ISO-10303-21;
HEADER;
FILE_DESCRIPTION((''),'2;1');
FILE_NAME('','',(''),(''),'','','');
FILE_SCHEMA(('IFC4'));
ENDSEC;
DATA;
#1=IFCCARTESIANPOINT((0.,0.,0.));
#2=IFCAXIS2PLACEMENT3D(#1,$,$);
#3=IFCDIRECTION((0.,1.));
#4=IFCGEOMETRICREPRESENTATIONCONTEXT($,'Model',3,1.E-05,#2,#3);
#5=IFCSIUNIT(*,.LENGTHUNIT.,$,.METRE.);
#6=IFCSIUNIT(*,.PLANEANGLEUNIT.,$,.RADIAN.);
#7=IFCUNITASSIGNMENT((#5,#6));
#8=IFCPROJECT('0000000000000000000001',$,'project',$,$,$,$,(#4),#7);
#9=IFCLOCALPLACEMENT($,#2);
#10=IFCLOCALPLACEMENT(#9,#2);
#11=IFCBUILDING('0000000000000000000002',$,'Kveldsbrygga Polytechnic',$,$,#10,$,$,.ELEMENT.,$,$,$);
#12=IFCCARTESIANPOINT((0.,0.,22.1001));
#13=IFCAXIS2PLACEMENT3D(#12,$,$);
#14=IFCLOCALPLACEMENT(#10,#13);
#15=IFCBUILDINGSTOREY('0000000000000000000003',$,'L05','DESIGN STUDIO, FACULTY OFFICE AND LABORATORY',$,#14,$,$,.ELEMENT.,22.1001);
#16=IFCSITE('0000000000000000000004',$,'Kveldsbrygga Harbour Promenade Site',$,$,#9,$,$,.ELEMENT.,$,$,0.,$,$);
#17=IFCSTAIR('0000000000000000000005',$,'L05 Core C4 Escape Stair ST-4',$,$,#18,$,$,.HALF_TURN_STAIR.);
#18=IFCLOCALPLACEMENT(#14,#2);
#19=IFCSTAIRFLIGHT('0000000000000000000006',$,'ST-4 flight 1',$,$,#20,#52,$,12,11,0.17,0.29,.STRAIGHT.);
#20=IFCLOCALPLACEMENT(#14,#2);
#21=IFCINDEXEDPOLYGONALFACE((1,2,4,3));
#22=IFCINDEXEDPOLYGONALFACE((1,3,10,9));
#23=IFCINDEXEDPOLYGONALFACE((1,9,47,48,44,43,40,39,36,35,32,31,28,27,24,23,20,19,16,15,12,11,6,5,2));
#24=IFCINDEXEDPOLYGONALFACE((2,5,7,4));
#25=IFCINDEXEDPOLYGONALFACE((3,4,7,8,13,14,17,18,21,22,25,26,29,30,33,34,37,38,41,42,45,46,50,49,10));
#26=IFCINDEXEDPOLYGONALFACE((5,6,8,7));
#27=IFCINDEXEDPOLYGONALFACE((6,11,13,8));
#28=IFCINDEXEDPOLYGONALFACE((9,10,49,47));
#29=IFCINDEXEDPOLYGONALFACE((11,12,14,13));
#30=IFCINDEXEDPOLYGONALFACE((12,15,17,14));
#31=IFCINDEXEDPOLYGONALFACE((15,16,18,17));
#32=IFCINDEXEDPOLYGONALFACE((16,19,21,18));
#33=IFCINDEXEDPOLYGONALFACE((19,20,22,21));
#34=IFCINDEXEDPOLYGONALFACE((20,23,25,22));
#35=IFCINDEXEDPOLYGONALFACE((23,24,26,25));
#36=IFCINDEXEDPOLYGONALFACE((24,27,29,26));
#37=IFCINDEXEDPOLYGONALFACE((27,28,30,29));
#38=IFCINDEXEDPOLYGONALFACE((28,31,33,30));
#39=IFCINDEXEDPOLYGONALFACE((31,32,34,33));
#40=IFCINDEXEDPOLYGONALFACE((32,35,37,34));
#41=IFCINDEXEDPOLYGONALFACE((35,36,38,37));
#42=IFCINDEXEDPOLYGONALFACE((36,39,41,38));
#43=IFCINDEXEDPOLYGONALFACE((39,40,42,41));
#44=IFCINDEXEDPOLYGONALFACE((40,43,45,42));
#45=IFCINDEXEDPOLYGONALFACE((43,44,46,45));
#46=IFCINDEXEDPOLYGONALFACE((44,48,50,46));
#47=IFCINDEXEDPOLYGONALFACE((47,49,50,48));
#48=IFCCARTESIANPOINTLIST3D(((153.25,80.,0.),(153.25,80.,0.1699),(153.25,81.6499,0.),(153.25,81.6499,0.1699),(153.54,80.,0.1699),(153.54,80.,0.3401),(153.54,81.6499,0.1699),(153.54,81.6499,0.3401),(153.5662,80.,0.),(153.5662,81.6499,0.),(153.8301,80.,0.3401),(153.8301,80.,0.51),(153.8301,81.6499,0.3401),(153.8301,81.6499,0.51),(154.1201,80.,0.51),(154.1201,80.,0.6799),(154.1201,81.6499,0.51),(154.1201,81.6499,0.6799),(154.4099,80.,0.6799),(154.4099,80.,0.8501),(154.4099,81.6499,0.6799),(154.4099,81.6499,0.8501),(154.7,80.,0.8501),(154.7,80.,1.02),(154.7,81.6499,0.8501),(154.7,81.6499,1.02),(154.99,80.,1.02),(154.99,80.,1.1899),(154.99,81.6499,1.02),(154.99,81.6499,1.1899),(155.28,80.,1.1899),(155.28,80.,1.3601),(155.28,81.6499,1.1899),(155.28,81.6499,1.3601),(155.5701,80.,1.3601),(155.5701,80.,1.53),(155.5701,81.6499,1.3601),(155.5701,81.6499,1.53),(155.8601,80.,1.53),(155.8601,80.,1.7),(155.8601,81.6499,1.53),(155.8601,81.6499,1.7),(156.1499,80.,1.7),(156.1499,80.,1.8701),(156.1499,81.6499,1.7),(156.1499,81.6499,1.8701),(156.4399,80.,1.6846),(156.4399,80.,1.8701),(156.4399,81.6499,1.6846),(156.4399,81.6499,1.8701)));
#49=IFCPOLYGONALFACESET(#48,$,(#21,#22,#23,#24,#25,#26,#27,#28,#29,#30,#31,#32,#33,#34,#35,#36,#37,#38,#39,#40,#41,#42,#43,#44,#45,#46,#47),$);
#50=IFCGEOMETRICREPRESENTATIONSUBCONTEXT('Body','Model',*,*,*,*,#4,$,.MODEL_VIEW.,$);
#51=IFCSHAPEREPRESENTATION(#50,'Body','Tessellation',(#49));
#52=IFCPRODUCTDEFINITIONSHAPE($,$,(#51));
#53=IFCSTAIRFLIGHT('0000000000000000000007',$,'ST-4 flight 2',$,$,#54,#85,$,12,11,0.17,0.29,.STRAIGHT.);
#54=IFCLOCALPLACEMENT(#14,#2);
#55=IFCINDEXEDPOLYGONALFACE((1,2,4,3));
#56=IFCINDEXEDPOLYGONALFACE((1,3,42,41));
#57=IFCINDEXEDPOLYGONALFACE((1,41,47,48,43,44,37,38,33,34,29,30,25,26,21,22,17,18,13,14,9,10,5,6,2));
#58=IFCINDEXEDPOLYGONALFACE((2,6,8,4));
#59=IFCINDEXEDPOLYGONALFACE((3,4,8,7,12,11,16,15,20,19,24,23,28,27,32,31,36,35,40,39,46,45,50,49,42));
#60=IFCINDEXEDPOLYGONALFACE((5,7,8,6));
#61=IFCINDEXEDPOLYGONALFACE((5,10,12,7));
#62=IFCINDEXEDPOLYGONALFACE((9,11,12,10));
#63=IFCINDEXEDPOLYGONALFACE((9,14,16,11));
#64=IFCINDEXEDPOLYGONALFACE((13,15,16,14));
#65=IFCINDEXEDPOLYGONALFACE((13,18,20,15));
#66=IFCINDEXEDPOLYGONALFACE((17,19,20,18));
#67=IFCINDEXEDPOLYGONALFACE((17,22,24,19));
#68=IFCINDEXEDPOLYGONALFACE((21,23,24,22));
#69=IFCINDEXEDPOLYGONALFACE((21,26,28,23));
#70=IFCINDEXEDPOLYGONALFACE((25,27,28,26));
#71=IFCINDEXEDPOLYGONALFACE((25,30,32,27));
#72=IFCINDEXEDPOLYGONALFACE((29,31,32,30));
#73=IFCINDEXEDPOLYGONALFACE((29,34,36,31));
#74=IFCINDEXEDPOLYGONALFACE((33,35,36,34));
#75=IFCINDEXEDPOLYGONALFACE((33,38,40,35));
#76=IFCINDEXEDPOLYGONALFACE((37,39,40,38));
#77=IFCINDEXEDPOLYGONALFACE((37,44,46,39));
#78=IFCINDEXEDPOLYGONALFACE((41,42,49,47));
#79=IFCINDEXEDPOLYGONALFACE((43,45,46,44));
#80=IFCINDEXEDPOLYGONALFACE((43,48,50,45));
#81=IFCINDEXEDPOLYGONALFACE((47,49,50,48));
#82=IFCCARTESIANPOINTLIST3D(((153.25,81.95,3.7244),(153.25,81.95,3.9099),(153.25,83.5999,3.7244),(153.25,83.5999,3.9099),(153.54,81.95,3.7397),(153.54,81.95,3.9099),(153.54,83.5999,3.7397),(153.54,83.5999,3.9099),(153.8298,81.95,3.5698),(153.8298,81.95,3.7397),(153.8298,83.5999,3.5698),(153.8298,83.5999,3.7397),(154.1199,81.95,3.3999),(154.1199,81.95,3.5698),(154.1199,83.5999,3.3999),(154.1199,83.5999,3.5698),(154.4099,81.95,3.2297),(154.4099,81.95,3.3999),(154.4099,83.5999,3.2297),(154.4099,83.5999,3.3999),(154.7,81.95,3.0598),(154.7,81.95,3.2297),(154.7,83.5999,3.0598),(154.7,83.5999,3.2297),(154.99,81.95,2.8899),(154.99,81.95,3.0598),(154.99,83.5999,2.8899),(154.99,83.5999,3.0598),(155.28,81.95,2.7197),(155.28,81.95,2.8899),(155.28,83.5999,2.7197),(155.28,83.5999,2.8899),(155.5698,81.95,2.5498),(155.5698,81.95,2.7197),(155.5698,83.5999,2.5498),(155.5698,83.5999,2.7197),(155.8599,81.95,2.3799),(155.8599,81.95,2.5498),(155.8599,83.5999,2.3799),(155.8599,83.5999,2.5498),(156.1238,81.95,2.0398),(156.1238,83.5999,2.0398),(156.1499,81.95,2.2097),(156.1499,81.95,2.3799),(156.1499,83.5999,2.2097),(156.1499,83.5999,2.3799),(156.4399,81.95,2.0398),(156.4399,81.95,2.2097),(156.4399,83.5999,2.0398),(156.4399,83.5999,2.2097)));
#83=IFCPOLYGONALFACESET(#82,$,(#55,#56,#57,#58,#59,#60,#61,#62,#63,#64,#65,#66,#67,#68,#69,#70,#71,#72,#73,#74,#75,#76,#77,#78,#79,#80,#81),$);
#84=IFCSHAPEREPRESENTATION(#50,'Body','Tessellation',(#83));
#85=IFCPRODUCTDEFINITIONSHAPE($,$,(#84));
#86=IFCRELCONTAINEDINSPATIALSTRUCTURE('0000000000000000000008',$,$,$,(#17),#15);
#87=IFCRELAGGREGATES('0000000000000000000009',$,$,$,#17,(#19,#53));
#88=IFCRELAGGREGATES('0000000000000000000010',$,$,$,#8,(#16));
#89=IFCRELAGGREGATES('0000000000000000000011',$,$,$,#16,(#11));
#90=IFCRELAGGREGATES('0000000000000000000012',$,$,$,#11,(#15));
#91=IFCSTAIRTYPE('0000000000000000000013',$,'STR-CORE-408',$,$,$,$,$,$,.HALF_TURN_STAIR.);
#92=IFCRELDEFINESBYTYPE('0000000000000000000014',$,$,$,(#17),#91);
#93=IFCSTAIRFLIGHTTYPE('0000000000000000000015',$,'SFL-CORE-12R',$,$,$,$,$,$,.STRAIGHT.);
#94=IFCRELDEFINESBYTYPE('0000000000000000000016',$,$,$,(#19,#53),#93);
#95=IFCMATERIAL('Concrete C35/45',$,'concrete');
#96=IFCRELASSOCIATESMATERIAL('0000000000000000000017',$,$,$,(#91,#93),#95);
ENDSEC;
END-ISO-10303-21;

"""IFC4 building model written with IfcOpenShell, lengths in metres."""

from ifc_helpers import new_model, si_unit, direction, frame, origin, place, context, subcontext, project, spatial, polyline, outline, extrude, material, type_object, element, aggregate, save


model = new_model("IFC4")

# Units and contexts
model_context = context("Model", 3, precision=1e-05, world=origin(), true_north=direction((0.0, 1.0)))
body_context = subcontext(model_context, "Body", "Model", "MODEL_VIEW")
ifc_project = project(units=[si_unit("LENGTHUNIT", "METRE"), si_unit("PLANEANGLEUNIT", "RADIAN")], contexts=[model_context])

# Site, building, storey
site_placement = place(None, origin())
site = spatial("IfcSite", under=ifc_project, at=site_placement, Name="Kveldsbrygga Harbour Promenade Site", CompositionType="ELEMENT", RefElevation=0.0)
building_placement = place(site_placement, origin())
building = spatial("IfcBuilding", under=site, at=building_placement, Name="Kveldsbrygga Polytechnic", CompositionType="ELEMENT")
storey_placement = place(building_placement, frame((0.0, 0.0, 22.1001)))
storey = spatial("IfcBuildingStorey", under=building, at=storey_placement, Name="L05", Description="DESIGN STUDIO, FACULTY OFFICE AND LABORATORY", CompositionType="ELEMENT", Elevation=22.1001)

# Shared definitions
ifc_material_1 = material(Name="Concrete C35/45", Category="concrete")

# Stair, stair flights
stair_type = type_object("IfcStairType", Name="STR-CORE-408", PredefinedType="HALF_TURN_STAIR", material=ifc_material_1)
stair_placement = place(storey_placement, origin())
stair = element("IfcStair", 1, at=stair_placement, inside=storey, type_object=stair_type, Name="L05 Core C4 Escape Stair ST-4", PredefinedType="HALF_TURN_STAIR")
stair_flight_type = type_object("IfcStairFlightType", Name="SFL-CORE-12R", PredefinedType="STRAIGHT", material=ifc_material_1)
stair_flight_1_placement = place(storey_placement, frame((153.25, 80.825, 0.0), z_axis=(0.0, 0.0, 1.0), x_axis=(1.0, 0.0, 0.0)))
stair_flight_1 = element("IfcStairFlight", 2, at=stair_flight_1_placement, type_object=stair_flight_type, Name="ST-4 flight 1", NumberOfRisers=12, NumberOfTreads=11, PredefinedType="STRAIGHT", RiserHeight=0.17, TreadLength=0.29, context=body_context, shape_type="SweptSolid", body=[
    extrude(outline(polyline([(0.0, 0.0), (0.0, 0.1699), (0.29, 0.1699), (0.29, 0.3401), (0.5801, 0.3401), (0.5801, 0.51), (0.8701, 0.51), (0.8701, 0.6799), (1.1599, 0.6799), (1.1599, 0.8501), (1.45, 0.8501), (1.45, 1.02), (1.74, 1.02), (1.74, 1.1899), (2.03, 1.1899), (2.03, 1.3601), (2.3201, 1.3601), (2.3201, 1.53), (2.6101, 1.53), (2.6101, 1.7), (2.8999, 1.7), (2.8999, 1.8701), (3.1899, 1.8701), (3.1899, 2.04), (3.1899, 1.6846), (0.3162, 0.0), (0.0, 0.0)])), frame((0.0, 0.825, 0.0), z_axis=(0.0, -1.0, 0.0), x_axis=(1.0, 0.0, 0.0)), (0.0, 0.0, 1.0), 1.6499),
])
stair_flight_2_placement = place(storey_placement, frame((156.4399, 82.7749, 2.0398), z_axis=(0.0, 0.0, 1.0), x_axis=(-1.0, 0.0, 0.0)))
stair_flight_2 = element("IfcStairFlight", 3, at=stair_flight_2_placement, type_object=stair_flight_type, Name="ST-4 flight 2", NumberOfRisers=12, NumberOfTreads=11, PredefinedType="STRAIGHT", RiserHeight=0.17, TreadLength=0.29, context=body_context, shape_type="SweptSolid", body=[
    extrude(outline(polyline([(0.0, 0.0), (0.0, 0.1699), (0.29, 0.1699), (0.29, 0.3401), (0.5801, 0.3401), (0.5801, 0.51), (0.8701, 0.51), (0.8701, 0.6799), (1.1599, 0.6799), (1.1599, 0.8501), (1.45, 0.8501), (1.45, 1.02), (1.74, 1.02), (1.74, 1.1899), (2.03, 1.1899), (2.03, 1.3601), (2.3201, 1.3601), (2.3201, 1.53), (2.6101, 1.53), (2.6101, 1.7), (2.8999, 1.7), (2.8999, 1.8701), (3.1899, 1.8701), (3.1899, 2.04), (3.1899, 1.6846), (0.3162, 0.0), (0.0, 0.0)])), frame((0.0, 0.825, 0.0), z_axis=(0.0, -1.0, 0.0), x_axis=(1.0, 0.0, 0.0)), (0.0, 0.0, 1.0), 1.6499),
])
aggregate(stair, [stair_flight_1, stair_flight_2])

save(model, "model.ifc")
